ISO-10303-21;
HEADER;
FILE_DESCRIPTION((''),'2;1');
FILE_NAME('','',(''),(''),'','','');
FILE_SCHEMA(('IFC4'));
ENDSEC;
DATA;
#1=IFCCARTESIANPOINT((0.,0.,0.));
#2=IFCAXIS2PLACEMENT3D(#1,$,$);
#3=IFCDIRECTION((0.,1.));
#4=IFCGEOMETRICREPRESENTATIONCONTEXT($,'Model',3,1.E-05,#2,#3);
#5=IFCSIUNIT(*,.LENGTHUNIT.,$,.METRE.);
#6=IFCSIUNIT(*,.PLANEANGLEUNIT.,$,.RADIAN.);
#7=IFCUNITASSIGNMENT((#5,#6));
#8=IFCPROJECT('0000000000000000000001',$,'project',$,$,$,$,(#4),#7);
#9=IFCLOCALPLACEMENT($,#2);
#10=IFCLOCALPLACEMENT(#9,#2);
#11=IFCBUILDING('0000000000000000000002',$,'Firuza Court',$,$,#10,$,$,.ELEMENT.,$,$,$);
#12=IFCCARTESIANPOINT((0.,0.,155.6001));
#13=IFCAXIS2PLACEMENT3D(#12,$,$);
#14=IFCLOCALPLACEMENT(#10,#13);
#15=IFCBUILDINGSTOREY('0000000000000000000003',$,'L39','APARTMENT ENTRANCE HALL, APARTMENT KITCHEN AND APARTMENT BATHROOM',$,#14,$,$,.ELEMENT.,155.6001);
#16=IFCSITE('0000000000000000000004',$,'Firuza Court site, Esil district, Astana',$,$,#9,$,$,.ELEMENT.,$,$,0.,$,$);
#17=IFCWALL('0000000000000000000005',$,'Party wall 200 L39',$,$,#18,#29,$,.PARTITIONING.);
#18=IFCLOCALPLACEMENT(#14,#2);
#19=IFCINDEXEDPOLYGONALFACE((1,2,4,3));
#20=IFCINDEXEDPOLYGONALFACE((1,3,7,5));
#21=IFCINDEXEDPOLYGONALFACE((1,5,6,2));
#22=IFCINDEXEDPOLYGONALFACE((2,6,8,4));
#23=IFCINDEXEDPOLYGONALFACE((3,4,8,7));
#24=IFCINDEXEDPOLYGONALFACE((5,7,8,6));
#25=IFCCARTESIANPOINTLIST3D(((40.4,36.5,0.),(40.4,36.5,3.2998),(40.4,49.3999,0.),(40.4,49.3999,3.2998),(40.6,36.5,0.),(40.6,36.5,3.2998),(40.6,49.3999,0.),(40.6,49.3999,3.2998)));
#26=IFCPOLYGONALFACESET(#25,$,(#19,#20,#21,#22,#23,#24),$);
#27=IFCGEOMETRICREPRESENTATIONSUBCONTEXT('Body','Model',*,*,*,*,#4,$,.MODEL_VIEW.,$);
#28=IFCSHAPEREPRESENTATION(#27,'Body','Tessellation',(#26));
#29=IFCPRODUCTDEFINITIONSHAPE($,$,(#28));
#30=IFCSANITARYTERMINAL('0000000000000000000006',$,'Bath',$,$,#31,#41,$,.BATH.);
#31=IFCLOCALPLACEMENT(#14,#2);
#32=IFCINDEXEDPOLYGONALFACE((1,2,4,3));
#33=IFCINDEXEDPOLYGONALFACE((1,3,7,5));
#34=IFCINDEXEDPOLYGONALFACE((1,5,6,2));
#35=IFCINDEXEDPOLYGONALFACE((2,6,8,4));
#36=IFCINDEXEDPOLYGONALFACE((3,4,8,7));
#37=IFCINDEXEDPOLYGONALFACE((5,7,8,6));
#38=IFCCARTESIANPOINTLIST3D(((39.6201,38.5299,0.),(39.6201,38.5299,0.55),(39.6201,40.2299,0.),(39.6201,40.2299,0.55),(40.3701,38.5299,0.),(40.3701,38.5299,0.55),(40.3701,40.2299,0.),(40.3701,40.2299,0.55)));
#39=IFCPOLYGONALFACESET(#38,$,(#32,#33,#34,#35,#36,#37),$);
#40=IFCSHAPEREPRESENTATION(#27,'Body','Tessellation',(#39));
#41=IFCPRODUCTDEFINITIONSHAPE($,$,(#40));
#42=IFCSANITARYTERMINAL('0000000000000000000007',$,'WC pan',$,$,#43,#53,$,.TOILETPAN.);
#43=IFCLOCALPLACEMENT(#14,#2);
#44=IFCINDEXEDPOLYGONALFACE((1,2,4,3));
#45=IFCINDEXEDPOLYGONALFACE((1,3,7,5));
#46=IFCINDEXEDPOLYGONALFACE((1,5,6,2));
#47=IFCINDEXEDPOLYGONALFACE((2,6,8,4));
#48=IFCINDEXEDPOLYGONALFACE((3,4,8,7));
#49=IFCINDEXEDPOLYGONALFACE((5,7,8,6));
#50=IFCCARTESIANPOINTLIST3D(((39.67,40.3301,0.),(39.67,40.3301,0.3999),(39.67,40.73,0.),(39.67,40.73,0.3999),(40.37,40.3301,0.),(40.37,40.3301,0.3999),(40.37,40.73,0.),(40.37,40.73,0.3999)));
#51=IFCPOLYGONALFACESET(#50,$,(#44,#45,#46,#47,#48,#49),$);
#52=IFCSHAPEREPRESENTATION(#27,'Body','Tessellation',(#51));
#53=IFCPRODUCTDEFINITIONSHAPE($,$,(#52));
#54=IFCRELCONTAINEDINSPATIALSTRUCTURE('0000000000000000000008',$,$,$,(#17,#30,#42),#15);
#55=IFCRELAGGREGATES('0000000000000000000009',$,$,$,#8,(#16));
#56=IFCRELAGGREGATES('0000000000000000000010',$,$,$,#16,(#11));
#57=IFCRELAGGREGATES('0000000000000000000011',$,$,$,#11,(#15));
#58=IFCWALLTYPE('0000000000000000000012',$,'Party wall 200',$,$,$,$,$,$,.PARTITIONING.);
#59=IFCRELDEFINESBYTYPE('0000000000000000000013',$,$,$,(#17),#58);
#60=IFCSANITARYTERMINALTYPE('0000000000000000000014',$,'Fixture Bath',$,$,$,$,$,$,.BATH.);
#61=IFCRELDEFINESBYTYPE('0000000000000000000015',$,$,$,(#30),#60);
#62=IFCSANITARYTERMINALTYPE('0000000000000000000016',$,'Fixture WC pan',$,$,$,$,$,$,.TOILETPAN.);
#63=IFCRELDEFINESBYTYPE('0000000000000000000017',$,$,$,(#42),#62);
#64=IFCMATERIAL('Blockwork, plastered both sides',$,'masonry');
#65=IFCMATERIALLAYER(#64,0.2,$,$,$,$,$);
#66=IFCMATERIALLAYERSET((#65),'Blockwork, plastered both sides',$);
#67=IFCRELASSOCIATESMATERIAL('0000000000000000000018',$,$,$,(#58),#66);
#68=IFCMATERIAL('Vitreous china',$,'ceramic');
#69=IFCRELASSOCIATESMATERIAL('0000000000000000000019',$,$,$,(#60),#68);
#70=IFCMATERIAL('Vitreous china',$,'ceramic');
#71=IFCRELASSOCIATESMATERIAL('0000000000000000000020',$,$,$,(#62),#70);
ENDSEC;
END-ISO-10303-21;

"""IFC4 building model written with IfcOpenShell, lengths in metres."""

from ifc_helpers import new_model, si_unit, direction, frame, frame_2d, origin, origin_2d, place, context, subcontext, project, spatial, rectangle, extrude, material, layer, layer_set, type_object, element, save


model = new_model("IFC4")

# Units and contexts
model_context = context("Model", 3, precision=1e-05, world=origin(), true_north=direction((0.0, 1.0)))
body_context = subcontext(model_context, "Body", "Model", "MODEL_VIEW")
ifc_project = project(units=[si_unit("LENGTHUNIT", "METRE"), si_unit("PLANEANGLEUNIT", "RADIAN")], contexts=[model_context])

# Site, building, storey
site_placement = place(None, origin())
site = spatial("IfcSite", under=ifc_project, at=site_placement, Name="Firuza Court site, Esil district, Astana", CompositionType="ELEMENT", RefElevation=0.0)
building_placement = place(site_placement, origin())
building = spatial("IfcBuilding", under=site, at=building_placement, Name="Firuza Court", CompositionType="ELEMENT")
storey_placement = place(building_placement, frame((0.0, 0.0, 155.6001)))
storey = spatial("IfcBuildingStorey", under=building, at=storey_placement, Name="L39", Description="APARTMENT ENTRANCE HALL, APARTMENT KITCHEN AND APARTMENT BATHROOM", CompositionType="ELEMENT", Elevation=155.6001)

# Shared definitions
ifc_material_1 = material(Name="Blockwork, plastered both sides", Category="masonry")

# Wall
ifc_layer_1 = layer(ifc_material_1, 0.2)
ifc_layer_set_1 = layer_set([ifc_layer_1], Name="Blockwork, plastered both sides")
wall_type_1 = type_object("IfcWallType", Name="Party wall 200", PredefinedType="PARTITIONING", material=ifc_layer_set_1)
wall_1_placement = place(storey_placement, frame((40.5, 36.5, 0.0), z_axis=(0.0, 0.0, 1.0), x_axis=(0.0, 1.0, 0.0)))
element("IfcWall", 1, at=wall_1_placement, inside=storey, type_object=wall_type_1, Name="Party wall 200 L39", PredefinedType="PARTITIONING", context=body_context, shape_type="SweptSolid", body=[
    extrude(rectangle(XDim=12.8999, YDim=0.2, at=frame_2d((6.45, 0.0))), origin(), (0.0, 0.0, 1.0), 3.2998),
])

# Sanitary terminals
ifc_material_2 = material(Name="Vitreous china", Category="ceramic")
sanitary_terminal_type_1 = type_object("IfcSanitaryTerminalType", Name="Fixture Bath", PredefinedType="BATH", material=ifc_material_2)
sanitary_terminal_1_placement = place(storey_placement, frame((39.9951, 39.3799, 0.0), z_axis=(0.0, 0.0, 1.0), x_axis=(1.0, 0.0, 0.0)))
element("IfcSanitaryTerminal", 2, at=sanitary_terminal_1_placement, inside=storey, type_object=sanitary_terminal_type_1, Name="Bath", PredefinedType="BATH", context=body_context, shape_type="SweptSolid", body=[
    extrude(rectangle(XDim=0.75, YDim=1.7, at=origin_2d()), origin(), (0.0, 0.0, 1.0), 0.55),
])
ifc_material_3 = material(Name="Vitreous china", Category="ceramic")
sanitary_terminal_type_2 = type_object("IfcSanitaryTerminalType", Name="Fixture WC pan", PredefinedType="TOILETPAN", material=ifc_material_3)
sanitary_terminal_2_placement = place(storey_placement, frame((40.02, 40.53, 0.0), z_axis=(0.0, 0.0, 1.0), x_axis=(1.0, 0.0, 0.0)))
element("IfcSanitaryTerminal", 3, at=sanitary_terminal_2_placement, inside=storey, type_object=sanitary_terminal_type_2, Name="WC pan", PredefinedType="TOILETPAN", context=body_context, shape_type="SweptSolid", body=[
    extrude(rectangle(XDim=0.7, YDim=0.3999, at=origin_2d()), origin(), (0.0, 0.0, 1.0), 0.3999),
])

save(model, "model.ifc")
